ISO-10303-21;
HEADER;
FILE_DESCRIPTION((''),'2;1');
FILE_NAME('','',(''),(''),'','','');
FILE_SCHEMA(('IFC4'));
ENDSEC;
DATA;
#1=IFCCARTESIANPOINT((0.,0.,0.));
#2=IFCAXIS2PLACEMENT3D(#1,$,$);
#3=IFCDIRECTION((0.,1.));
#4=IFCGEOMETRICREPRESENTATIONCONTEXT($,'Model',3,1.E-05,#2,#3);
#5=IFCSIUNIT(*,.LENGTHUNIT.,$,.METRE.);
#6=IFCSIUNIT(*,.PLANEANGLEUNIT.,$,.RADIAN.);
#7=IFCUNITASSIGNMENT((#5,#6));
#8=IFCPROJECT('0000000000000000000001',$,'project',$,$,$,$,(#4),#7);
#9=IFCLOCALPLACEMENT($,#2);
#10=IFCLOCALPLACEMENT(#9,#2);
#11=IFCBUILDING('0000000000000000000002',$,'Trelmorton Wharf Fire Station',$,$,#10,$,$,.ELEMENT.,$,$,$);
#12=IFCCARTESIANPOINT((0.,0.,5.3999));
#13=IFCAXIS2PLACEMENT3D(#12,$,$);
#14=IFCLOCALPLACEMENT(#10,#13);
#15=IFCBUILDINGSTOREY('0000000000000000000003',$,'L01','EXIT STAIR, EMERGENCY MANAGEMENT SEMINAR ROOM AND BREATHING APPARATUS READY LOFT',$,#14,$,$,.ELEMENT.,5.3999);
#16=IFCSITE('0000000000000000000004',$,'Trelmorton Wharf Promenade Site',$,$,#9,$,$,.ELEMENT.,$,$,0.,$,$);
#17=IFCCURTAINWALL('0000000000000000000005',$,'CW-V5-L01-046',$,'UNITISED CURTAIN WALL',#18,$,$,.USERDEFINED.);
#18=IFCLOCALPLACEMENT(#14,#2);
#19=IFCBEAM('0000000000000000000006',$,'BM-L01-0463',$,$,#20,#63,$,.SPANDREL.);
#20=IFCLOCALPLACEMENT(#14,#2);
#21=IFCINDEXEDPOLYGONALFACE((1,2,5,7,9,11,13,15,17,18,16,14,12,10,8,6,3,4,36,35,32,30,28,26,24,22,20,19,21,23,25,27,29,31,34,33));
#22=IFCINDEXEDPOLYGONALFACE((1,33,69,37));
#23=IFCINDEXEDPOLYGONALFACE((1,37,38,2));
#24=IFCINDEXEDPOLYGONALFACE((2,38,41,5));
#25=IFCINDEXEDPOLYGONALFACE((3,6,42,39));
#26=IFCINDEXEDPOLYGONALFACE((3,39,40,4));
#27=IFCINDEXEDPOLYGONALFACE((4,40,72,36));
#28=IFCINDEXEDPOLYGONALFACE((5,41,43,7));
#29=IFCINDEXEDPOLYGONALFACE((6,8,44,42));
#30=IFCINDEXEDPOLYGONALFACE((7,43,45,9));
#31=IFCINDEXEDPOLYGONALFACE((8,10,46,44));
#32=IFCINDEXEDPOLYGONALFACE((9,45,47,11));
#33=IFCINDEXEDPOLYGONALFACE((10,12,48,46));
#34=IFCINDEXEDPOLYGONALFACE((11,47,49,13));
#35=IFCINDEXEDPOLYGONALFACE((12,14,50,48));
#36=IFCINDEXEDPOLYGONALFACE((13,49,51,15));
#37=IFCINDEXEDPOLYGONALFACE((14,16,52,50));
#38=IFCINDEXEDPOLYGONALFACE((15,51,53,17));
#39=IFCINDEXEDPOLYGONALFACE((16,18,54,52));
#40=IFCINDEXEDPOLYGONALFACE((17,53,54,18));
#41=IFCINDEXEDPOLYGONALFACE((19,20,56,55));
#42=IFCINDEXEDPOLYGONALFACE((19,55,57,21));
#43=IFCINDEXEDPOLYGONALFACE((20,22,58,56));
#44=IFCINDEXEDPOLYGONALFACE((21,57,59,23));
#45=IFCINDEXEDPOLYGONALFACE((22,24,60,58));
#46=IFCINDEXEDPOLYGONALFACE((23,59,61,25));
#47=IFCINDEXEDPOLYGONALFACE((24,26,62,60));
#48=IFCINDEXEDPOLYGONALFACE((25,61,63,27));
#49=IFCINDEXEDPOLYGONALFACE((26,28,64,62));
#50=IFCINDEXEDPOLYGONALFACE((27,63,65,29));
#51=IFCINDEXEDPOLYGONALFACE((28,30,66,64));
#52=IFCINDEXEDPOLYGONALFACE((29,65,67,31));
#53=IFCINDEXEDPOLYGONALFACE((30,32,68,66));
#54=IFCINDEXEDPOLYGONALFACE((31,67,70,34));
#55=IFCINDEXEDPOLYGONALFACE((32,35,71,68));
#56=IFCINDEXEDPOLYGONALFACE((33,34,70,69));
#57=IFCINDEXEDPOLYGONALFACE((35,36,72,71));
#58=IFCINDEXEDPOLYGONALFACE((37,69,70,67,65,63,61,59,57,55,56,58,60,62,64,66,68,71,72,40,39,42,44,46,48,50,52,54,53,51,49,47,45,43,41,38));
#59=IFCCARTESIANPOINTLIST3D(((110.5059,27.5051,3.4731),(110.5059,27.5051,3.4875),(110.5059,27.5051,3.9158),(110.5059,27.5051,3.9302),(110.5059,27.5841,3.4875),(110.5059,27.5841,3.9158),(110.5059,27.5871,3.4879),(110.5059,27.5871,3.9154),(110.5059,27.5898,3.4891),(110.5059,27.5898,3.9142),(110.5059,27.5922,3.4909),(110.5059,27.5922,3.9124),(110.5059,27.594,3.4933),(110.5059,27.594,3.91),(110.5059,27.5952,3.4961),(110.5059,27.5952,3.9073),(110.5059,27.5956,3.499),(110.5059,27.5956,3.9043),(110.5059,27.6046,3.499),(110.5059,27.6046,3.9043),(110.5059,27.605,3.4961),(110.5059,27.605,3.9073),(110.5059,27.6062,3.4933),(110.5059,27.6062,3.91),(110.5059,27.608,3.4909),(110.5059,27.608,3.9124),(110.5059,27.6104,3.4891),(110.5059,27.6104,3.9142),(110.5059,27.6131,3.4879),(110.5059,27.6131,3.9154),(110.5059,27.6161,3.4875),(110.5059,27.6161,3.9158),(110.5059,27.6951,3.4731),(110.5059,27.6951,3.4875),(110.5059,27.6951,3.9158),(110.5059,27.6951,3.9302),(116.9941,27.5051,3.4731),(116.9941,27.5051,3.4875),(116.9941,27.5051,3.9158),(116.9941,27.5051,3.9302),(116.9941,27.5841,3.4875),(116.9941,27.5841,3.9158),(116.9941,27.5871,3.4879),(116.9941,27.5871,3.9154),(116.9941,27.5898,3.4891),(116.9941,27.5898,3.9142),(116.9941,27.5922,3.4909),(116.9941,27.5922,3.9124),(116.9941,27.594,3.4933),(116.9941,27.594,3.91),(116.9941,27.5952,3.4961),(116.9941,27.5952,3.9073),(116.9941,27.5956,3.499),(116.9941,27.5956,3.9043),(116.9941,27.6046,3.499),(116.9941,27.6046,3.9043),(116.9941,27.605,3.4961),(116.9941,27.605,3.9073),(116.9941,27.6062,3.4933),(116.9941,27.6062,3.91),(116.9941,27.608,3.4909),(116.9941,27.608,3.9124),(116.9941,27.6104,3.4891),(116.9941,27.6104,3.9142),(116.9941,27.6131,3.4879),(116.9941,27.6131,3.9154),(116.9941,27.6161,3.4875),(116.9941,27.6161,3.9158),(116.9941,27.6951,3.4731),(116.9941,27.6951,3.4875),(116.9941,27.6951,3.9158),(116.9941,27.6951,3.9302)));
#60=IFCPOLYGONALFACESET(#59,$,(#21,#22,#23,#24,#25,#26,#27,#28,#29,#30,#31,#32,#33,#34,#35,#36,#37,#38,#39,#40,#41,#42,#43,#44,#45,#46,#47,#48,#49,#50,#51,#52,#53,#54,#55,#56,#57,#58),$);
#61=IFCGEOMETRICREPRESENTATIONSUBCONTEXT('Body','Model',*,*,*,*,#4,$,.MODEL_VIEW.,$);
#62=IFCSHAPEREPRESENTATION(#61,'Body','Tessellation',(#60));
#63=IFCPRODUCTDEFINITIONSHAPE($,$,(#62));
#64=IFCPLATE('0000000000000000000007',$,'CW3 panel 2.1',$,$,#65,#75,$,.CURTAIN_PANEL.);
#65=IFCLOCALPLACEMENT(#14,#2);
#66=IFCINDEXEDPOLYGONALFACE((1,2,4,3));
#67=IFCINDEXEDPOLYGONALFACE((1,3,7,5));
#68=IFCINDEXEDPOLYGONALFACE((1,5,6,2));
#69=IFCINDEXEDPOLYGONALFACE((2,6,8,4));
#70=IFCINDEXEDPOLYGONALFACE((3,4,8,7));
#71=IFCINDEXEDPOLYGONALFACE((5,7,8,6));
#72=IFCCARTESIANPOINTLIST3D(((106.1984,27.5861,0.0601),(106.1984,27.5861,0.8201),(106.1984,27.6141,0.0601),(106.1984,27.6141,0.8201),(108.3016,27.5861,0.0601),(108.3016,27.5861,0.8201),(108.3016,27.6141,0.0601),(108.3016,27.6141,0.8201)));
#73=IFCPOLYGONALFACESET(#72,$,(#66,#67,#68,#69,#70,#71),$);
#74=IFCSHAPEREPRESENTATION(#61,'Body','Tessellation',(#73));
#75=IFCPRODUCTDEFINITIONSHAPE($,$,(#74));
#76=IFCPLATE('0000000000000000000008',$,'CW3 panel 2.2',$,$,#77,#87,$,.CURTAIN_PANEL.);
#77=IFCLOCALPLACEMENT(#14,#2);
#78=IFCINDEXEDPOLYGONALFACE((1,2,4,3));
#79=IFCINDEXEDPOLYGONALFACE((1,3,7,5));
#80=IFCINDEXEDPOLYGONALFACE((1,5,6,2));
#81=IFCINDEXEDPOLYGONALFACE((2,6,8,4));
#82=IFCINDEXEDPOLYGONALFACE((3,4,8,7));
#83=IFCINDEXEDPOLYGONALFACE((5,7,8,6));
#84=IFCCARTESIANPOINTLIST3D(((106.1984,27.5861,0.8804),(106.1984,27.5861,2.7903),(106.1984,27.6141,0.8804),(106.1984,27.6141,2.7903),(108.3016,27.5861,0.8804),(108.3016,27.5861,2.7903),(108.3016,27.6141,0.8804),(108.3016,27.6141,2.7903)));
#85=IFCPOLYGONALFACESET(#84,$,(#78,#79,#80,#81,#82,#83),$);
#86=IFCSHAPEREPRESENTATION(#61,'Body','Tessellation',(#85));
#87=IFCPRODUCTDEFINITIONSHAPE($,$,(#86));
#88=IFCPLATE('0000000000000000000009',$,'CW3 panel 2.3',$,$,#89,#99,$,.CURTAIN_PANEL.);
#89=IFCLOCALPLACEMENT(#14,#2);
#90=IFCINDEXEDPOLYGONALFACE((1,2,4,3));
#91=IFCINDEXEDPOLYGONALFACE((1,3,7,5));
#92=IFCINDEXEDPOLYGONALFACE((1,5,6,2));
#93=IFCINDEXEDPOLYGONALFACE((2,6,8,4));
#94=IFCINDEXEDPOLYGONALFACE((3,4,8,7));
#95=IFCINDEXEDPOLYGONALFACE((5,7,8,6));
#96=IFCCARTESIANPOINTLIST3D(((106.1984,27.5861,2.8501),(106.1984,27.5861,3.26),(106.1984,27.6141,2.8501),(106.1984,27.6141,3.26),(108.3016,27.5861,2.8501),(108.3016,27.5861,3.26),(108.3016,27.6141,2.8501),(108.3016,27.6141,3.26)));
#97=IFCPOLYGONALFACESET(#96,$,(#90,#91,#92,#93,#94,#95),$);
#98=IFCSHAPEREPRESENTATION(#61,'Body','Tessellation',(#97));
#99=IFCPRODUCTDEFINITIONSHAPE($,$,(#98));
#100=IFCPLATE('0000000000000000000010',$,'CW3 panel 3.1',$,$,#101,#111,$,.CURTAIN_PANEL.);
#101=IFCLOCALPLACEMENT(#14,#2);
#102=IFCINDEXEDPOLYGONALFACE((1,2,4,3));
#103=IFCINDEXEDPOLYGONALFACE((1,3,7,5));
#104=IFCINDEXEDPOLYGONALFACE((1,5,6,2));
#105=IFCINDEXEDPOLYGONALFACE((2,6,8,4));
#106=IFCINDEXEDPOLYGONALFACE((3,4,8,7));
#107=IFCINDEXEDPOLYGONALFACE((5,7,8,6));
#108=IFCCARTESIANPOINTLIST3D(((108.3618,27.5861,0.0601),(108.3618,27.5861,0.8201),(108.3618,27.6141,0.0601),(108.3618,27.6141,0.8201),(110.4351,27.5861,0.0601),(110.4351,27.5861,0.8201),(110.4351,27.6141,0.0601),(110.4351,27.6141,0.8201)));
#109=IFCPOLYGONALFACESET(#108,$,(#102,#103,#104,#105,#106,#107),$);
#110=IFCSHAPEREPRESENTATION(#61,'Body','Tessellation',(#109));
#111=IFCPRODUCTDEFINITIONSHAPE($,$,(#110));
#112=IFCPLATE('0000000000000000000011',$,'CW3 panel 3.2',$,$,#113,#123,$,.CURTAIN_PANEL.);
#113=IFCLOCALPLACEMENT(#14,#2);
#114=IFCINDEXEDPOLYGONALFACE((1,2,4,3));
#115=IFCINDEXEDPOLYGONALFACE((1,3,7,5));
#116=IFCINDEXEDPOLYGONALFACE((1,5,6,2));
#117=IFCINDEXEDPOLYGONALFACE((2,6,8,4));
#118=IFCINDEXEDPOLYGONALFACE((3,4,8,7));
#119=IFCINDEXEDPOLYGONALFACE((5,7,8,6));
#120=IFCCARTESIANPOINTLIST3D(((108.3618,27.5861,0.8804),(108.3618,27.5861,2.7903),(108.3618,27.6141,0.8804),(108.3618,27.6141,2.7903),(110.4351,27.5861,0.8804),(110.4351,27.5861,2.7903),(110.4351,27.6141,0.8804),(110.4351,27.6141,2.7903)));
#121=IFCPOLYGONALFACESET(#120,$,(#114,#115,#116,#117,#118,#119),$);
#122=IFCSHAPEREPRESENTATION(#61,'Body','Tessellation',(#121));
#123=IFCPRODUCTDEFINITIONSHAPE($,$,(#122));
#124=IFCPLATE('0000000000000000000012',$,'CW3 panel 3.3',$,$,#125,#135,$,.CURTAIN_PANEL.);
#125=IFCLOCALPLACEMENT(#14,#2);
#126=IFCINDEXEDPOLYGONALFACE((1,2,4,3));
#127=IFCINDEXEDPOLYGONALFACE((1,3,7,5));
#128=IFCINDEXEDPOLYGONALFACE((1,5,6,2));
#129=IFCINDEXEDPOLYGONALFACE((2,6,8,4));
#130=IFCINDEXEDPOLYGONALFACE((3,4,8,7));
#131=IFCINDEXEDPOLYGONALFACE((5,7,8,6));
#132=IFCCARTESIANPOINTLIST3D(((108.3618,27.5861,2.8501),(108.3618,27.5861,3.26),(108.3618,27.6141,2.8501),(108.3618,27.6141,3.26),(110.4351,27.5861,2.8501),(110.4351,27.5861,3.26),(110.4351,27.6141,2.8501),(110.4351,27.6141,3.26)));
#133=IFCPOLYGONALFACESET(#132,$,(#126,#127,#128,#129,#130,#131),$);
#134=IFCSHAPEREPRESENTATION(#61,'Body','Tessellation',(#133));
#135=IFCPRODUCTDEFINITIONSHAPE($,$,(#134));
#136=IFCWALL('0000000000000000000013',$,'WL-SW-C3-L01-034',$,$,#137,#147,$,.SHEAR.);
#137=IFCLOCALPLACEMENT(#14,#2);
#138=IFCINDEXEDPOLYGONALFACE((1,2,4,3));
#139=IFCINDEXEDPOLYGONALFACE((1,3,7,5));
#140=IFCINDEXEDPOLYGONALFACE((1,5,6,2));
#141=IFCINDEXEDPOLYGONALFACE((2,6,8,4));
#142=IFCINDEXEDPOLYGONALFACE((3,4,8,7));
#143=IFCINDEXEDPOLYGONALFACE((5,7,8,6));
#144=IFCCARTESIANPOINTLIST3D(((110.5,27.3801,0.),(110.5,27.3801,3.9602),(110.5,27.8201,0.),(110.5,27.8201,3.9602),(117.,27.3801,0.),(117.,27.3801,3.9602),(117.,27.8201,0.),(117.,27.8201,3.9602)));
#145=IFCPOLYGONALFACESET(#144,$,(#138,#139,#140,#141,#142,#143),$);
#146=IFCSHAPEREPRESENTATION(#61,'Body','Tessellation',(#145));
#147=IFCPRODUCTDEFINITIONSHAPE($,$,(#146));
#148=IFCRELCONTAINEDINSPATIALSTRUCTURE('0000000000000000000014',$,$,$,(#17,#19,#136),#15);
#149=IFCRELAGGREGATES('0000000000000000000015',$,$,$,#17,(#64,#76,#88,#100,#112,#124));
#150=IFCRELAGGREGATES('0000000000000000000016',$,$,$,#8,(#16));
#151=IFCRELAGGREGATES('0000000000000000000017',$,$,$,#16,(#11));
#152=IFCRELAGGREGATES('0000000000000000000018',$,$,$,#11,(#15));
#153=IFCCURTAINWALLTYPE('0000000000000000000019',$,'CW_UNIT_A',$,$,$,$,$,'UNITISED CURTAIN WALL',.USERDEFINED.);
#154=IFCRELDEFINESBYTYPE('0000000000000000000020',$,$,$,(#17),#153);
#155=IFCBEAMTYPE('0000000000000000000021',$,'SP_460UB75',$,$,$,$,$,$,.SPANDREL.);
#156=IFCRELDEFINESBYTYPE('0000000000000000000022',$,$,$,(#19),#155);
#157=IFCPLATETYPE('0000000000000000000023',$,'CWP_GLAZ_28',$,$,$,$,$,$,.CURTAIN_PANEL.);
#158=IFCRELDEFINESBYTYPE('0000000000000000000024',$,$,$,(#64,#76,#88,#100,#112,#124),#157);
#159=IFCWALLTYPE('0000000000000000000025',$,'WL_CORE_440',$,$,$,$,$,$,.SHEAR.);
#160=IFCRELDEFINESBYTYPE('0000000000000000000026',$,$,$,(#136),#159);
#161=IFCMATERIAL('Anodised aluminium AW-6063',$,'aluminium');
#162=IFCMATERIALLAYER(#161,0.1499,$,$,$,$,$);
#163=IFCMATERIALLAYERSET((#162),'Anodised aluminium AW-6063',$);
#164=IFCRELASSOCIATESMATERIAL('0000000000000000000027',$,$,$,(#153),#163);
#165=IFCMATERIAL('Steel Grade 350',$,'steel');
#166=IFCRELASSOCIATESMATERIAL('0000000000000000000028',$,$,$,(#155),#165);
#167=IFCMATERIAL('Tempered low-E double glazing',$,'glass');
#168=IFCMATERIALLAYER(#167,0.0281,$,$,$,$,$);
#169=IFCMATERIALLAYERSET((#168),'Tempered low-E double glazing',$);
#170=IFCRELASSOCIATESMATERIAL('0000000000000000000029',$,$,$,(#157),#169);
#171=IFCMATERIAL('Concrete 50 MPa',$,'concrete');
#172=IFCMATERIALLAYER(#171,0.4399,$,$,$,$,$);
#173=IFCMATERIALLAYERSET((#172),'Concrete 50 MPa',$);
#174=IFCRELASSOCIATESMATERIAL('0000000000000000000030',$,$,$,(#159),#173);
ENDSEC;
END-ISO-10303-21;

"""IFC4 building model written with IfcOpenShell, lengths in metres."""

from ifc_helpers import new_model, si_unit, direction, frame, frame_2d, origin, origin_2d, place, context, subcontext, project, spatial, rectangle, i_section, extrude, material, layer, layer_set, material_profile, profile_set, type_object, element, aggregate, save


model = new_model("IFC4")

# Units and contexts
model_context = context("Model", 3, precision=1e-05, world=origin(), true_north=direction((0.0, 1.0)))
body_context = subcontext(model_context, "Body", "Model", "MODEL_VIEW")
ifc_project = project(units=[si_unit("LENGTHUNIT", "METRE"), si_unit("PLANEANGLEUNIT", "RADIAN")], contexts=[model_context])

# Site, building, storey
site_placement = place(None, origin())
site = spatial("IfcSite", under=ifc_project, at=site_placement, Name="Trelmorton Wharf Promenade Site", CompositionType="ELEMENT", RefElevation=0.0)
building_placement = place(site_placement, origin())
building = spatial("IfcBuilding", under=site, at=building_placement, Name="Trelmorton Wharf Fire Station", CompositionType="ELEMENT")
storey_placement = place(building_placement, frame((0.0, 0.0, 5.3999)))
storey = spatial("IfcBuildingStorey", under=building, at=storey_placement, Name="L01", Description="EXIT STAIR, EMERGENCY MANAGEMENT SEMINAR ROOM AND BREATHING APPARATUS READY LOFT", CompositionType="ELEMENT", Elevation=5.3999)

# Shared definitions
ifc_material_1 = material(Name="Steel Grade 350", Category="steel")

# Curtain wall
ifc_material_2 = material(Name="Anodised aluminium AW-6063", Category="aluminium")
ifc_layer_1 = layer(ifc_material_2, 0.1499)
ifc_layer_set_1 = layer_set([ifc_layer_1], Name="Anodised aluminium AW-6063")
curtain_wall_type = type_object("IfcCurtainWallType", Name="CW_UNIT_A", ElementType="UNITISED CURTAIN WALL", PredefinedType="USERDEFINED", material=ifc_layer_set_1)
curtain_wall_placement = place(storey_placement, origin())
curtain_wall = element("IfcCurtainWall", 1, at=curtain_wall_placement, inside=storey, type_object=curtain_wall_type, Name="CW-V5-L01-046", ObjectType="UNITISED CURTAIN WALL", PredefinedType="USERDEFINED")

# Beam
ifc_material_profile_1 = material_profile(ifc_material_1, i_section(OverallWidth=0.1899, OverallDepth=0.457, WebThickness=0.009, FlangeThickness=0.0144, FilletRadius=0.0115, at=origin_2d()), Name="460UB74.6")
ifc_profile_set_1 = profile_set([ifc_material_profile_1], Name="Steel Grade 350")
beam_type_1 = type_object("IfcBeamType", Name="SP_460UB75", PredefinedType="SPANDREL", material=ifc_profile_set_1)
beam_1_placement = place(storey_placement, frame((110.5059, 27.6001, 3.7017), z_axis=(1.0, 0.0, 0.0), x_axis=(0.0, 1.0, 0.0)))
element("IfcBeam", 2, at=beam_1_placement, inside=storey, type_object=beam_type_1, Name="BM-L01-0463", PredefinedType="SPANDREL", context=body_context, shape_type="SweptSolid", body=[
    extrude(i_section(OverallWidth=0.1899, OverallDepth=0.457, WebThickness=0.009, FlangeThickness=0.0144, FilletRadius=0.0115, at=origin_2d()), origin(), (0.0, 0.0, 1.0), 6.4883),
])

# Plates
ifc_material_3 = material(Name="Tempered low-E double glazing", Category="glass")
ifc_layer_2 = layer(ifc_material_3, 0.0281)
ifc_layer_set_2 = layer_set([ifc_layer_2], Name="Tempered low-E double glazing")
plate_type = type_object("IfcPlateType", Name="CWP_GLAZ_28", PredefinedType="CURTAIN_PANEL", material=ifc_layer_set_2)
plate_1_placement = place(storey_placement, frame((107.25, 27.6001, 0.0601), z_axis=(0.0, 0.0, 1.0), x_axis=(1.0, 0.0, 0.0)))
plate_1 = element("IfcPlate", 3, at=plate_1_placement, type_object=plate_type, Name="CW3 panel 2.1", PredefinedType="CURTAIN_PANEL", context=body_context, shape_type="SweptSolid", body=[
    extrude(rectangle(XDim=2.1033, YDim=0.0281, at=origin_2d()), origin(), (0.0, 0.0, 1.0), 0.76),
])
plate_2_placement = place(storey_placement, frame((107.25, 27.6001, 0.8804), z_axis=(0.0, 0.0, 1.0), x_axis=(1.0, 0.0, 0.0)))
plate_2 = element("IfcPlate", 4, at=plate_2_placement, type_object=plate_type, Name="CW3 panel 2.2", PredefinedType="CURTAIN_PANEL", context=body_context, shape_type="SweptSolid", body=[
    extrude(rectangle(XDim=2.1033, YDim=0.0281, at=origin_2d()), origin(), (0.0, 0.0, 1.0), 1.9099),
])
plate_3_placement = place(storey_placement, frame((107.25, 27.6001, 2.8501), z_axis=(0.0, 0.0, 1.0), x_axis=(1.0, 0.0, 0.0)))
plate_3 = element("IfcPlate", 5, at=plate_3_placement, type_object=plate_type, Name="CW3 panel 2.3", PredefinedType="CURTAIN_PANEL", context=body_context, shape_type="SweptSolid", body=[
    extrude(rectangle(XDim=2.1033, YDim=0.0281, at=origin_2d()), origin(), (0.0, 0.0, 1.0), 0.4099),
])
plate_4_placement = place(storey_placement, frame((109.3984, 27.6001, 0.0601), z_axis=(0.0, 0.0, 1.0), x_axis=(1.0, 0.0, 0.0)))
plate_4 = element("IfcPlate", 6, at=plate_4_placement, type_object=plate_type, Name="CW3 panel 3.1", PredefinedType="CURTAIN_PANEL", context=body_context, shape_type="SweptSolid", body=[
    extrude(rectangle(XDim=2.0732, YDim=0.0281, at=origin_2d()), origin(), (0.0, 0.0, 1.0), 0.76),
])
plate_5_placement = place(storey_placement, frame((109.3984, 27.6001, 0.8804), z_axis=(0.0, 0.0, 1.0), x_axis=(1.0, 0.0, 0.0)))
plate_5 = element("IfcPlate", 7, at=plate_5_placement, type_object=plate_type, Name="CW3 panel 3.2", PredefinedType="CURTAIN_PANEL", context=body_context, shape_type="SweptSolid", body=[
    extrude(rectangle(XDim=2.0732, YDim=0.0281, at=origin_2d()), origin(), (0.0, 0.0, 1.0), 1.9099),
])
plate_6_placement = place(storey_placement, frame((109.3984, 27.6001, 2.8501), z_axis=(0.0, 0.0, 1.0), x_axis=(1.0, 0.0, 0.0)))
plate_6 = element("IfcPlate", 8, at=plate_6_placement, type_object=plate_type, Name="CW3 panel 3.3", PredefinedType="CURTAIN_PANEL", context=body_context, shape_type="SweptSolid", body=[
    extrude(rectangle(XDim=2.0732, YDim=0.0281, at=origin_2d()), origin(), (0.0, 0.0, 1.0), 0.4099),
])
aggregate(curtain_wall, [plate_1, plate_2, plate_3, plate_4, plate_5, plate_6])

# Wall
ifc_material_4 = material(Name="Concrete 50 MPa", Category="concrete")
ifc_layer_3 = layer(ifc_material_4, 0.4399)
ifc_layer_set_3 = layer_set([ifc_layer_3], Name="Concrete 50 MPa")
wall_type = type_object("IfcWallType", Name="WL_CORE_440", PredefinedType="SHEAR", material=ifc_layer_set_3)
wall_placement = place(storey_placement, frame((110.5, 27.6001, 0.0), z_axis=(0.0, 0.0, 1.0), x_axis=(1.0, 0.0, 0.0)))
element("IfcWall", 9, at=wall_placement, inside=storey, type_object=wall_type, Name="WL-SW-C3-L01-034", PredefinedType="SHEAR", context=body_context, shape_type="SweptSolid", body=[
    extrude(rectangle(XDim=6.5, YDim=0.4399, at=frame_2d((3.25, 0.0))), origin(), (0.0, 0.0, 1.0), 3.9602),
])

save(model, "model.ifc")
